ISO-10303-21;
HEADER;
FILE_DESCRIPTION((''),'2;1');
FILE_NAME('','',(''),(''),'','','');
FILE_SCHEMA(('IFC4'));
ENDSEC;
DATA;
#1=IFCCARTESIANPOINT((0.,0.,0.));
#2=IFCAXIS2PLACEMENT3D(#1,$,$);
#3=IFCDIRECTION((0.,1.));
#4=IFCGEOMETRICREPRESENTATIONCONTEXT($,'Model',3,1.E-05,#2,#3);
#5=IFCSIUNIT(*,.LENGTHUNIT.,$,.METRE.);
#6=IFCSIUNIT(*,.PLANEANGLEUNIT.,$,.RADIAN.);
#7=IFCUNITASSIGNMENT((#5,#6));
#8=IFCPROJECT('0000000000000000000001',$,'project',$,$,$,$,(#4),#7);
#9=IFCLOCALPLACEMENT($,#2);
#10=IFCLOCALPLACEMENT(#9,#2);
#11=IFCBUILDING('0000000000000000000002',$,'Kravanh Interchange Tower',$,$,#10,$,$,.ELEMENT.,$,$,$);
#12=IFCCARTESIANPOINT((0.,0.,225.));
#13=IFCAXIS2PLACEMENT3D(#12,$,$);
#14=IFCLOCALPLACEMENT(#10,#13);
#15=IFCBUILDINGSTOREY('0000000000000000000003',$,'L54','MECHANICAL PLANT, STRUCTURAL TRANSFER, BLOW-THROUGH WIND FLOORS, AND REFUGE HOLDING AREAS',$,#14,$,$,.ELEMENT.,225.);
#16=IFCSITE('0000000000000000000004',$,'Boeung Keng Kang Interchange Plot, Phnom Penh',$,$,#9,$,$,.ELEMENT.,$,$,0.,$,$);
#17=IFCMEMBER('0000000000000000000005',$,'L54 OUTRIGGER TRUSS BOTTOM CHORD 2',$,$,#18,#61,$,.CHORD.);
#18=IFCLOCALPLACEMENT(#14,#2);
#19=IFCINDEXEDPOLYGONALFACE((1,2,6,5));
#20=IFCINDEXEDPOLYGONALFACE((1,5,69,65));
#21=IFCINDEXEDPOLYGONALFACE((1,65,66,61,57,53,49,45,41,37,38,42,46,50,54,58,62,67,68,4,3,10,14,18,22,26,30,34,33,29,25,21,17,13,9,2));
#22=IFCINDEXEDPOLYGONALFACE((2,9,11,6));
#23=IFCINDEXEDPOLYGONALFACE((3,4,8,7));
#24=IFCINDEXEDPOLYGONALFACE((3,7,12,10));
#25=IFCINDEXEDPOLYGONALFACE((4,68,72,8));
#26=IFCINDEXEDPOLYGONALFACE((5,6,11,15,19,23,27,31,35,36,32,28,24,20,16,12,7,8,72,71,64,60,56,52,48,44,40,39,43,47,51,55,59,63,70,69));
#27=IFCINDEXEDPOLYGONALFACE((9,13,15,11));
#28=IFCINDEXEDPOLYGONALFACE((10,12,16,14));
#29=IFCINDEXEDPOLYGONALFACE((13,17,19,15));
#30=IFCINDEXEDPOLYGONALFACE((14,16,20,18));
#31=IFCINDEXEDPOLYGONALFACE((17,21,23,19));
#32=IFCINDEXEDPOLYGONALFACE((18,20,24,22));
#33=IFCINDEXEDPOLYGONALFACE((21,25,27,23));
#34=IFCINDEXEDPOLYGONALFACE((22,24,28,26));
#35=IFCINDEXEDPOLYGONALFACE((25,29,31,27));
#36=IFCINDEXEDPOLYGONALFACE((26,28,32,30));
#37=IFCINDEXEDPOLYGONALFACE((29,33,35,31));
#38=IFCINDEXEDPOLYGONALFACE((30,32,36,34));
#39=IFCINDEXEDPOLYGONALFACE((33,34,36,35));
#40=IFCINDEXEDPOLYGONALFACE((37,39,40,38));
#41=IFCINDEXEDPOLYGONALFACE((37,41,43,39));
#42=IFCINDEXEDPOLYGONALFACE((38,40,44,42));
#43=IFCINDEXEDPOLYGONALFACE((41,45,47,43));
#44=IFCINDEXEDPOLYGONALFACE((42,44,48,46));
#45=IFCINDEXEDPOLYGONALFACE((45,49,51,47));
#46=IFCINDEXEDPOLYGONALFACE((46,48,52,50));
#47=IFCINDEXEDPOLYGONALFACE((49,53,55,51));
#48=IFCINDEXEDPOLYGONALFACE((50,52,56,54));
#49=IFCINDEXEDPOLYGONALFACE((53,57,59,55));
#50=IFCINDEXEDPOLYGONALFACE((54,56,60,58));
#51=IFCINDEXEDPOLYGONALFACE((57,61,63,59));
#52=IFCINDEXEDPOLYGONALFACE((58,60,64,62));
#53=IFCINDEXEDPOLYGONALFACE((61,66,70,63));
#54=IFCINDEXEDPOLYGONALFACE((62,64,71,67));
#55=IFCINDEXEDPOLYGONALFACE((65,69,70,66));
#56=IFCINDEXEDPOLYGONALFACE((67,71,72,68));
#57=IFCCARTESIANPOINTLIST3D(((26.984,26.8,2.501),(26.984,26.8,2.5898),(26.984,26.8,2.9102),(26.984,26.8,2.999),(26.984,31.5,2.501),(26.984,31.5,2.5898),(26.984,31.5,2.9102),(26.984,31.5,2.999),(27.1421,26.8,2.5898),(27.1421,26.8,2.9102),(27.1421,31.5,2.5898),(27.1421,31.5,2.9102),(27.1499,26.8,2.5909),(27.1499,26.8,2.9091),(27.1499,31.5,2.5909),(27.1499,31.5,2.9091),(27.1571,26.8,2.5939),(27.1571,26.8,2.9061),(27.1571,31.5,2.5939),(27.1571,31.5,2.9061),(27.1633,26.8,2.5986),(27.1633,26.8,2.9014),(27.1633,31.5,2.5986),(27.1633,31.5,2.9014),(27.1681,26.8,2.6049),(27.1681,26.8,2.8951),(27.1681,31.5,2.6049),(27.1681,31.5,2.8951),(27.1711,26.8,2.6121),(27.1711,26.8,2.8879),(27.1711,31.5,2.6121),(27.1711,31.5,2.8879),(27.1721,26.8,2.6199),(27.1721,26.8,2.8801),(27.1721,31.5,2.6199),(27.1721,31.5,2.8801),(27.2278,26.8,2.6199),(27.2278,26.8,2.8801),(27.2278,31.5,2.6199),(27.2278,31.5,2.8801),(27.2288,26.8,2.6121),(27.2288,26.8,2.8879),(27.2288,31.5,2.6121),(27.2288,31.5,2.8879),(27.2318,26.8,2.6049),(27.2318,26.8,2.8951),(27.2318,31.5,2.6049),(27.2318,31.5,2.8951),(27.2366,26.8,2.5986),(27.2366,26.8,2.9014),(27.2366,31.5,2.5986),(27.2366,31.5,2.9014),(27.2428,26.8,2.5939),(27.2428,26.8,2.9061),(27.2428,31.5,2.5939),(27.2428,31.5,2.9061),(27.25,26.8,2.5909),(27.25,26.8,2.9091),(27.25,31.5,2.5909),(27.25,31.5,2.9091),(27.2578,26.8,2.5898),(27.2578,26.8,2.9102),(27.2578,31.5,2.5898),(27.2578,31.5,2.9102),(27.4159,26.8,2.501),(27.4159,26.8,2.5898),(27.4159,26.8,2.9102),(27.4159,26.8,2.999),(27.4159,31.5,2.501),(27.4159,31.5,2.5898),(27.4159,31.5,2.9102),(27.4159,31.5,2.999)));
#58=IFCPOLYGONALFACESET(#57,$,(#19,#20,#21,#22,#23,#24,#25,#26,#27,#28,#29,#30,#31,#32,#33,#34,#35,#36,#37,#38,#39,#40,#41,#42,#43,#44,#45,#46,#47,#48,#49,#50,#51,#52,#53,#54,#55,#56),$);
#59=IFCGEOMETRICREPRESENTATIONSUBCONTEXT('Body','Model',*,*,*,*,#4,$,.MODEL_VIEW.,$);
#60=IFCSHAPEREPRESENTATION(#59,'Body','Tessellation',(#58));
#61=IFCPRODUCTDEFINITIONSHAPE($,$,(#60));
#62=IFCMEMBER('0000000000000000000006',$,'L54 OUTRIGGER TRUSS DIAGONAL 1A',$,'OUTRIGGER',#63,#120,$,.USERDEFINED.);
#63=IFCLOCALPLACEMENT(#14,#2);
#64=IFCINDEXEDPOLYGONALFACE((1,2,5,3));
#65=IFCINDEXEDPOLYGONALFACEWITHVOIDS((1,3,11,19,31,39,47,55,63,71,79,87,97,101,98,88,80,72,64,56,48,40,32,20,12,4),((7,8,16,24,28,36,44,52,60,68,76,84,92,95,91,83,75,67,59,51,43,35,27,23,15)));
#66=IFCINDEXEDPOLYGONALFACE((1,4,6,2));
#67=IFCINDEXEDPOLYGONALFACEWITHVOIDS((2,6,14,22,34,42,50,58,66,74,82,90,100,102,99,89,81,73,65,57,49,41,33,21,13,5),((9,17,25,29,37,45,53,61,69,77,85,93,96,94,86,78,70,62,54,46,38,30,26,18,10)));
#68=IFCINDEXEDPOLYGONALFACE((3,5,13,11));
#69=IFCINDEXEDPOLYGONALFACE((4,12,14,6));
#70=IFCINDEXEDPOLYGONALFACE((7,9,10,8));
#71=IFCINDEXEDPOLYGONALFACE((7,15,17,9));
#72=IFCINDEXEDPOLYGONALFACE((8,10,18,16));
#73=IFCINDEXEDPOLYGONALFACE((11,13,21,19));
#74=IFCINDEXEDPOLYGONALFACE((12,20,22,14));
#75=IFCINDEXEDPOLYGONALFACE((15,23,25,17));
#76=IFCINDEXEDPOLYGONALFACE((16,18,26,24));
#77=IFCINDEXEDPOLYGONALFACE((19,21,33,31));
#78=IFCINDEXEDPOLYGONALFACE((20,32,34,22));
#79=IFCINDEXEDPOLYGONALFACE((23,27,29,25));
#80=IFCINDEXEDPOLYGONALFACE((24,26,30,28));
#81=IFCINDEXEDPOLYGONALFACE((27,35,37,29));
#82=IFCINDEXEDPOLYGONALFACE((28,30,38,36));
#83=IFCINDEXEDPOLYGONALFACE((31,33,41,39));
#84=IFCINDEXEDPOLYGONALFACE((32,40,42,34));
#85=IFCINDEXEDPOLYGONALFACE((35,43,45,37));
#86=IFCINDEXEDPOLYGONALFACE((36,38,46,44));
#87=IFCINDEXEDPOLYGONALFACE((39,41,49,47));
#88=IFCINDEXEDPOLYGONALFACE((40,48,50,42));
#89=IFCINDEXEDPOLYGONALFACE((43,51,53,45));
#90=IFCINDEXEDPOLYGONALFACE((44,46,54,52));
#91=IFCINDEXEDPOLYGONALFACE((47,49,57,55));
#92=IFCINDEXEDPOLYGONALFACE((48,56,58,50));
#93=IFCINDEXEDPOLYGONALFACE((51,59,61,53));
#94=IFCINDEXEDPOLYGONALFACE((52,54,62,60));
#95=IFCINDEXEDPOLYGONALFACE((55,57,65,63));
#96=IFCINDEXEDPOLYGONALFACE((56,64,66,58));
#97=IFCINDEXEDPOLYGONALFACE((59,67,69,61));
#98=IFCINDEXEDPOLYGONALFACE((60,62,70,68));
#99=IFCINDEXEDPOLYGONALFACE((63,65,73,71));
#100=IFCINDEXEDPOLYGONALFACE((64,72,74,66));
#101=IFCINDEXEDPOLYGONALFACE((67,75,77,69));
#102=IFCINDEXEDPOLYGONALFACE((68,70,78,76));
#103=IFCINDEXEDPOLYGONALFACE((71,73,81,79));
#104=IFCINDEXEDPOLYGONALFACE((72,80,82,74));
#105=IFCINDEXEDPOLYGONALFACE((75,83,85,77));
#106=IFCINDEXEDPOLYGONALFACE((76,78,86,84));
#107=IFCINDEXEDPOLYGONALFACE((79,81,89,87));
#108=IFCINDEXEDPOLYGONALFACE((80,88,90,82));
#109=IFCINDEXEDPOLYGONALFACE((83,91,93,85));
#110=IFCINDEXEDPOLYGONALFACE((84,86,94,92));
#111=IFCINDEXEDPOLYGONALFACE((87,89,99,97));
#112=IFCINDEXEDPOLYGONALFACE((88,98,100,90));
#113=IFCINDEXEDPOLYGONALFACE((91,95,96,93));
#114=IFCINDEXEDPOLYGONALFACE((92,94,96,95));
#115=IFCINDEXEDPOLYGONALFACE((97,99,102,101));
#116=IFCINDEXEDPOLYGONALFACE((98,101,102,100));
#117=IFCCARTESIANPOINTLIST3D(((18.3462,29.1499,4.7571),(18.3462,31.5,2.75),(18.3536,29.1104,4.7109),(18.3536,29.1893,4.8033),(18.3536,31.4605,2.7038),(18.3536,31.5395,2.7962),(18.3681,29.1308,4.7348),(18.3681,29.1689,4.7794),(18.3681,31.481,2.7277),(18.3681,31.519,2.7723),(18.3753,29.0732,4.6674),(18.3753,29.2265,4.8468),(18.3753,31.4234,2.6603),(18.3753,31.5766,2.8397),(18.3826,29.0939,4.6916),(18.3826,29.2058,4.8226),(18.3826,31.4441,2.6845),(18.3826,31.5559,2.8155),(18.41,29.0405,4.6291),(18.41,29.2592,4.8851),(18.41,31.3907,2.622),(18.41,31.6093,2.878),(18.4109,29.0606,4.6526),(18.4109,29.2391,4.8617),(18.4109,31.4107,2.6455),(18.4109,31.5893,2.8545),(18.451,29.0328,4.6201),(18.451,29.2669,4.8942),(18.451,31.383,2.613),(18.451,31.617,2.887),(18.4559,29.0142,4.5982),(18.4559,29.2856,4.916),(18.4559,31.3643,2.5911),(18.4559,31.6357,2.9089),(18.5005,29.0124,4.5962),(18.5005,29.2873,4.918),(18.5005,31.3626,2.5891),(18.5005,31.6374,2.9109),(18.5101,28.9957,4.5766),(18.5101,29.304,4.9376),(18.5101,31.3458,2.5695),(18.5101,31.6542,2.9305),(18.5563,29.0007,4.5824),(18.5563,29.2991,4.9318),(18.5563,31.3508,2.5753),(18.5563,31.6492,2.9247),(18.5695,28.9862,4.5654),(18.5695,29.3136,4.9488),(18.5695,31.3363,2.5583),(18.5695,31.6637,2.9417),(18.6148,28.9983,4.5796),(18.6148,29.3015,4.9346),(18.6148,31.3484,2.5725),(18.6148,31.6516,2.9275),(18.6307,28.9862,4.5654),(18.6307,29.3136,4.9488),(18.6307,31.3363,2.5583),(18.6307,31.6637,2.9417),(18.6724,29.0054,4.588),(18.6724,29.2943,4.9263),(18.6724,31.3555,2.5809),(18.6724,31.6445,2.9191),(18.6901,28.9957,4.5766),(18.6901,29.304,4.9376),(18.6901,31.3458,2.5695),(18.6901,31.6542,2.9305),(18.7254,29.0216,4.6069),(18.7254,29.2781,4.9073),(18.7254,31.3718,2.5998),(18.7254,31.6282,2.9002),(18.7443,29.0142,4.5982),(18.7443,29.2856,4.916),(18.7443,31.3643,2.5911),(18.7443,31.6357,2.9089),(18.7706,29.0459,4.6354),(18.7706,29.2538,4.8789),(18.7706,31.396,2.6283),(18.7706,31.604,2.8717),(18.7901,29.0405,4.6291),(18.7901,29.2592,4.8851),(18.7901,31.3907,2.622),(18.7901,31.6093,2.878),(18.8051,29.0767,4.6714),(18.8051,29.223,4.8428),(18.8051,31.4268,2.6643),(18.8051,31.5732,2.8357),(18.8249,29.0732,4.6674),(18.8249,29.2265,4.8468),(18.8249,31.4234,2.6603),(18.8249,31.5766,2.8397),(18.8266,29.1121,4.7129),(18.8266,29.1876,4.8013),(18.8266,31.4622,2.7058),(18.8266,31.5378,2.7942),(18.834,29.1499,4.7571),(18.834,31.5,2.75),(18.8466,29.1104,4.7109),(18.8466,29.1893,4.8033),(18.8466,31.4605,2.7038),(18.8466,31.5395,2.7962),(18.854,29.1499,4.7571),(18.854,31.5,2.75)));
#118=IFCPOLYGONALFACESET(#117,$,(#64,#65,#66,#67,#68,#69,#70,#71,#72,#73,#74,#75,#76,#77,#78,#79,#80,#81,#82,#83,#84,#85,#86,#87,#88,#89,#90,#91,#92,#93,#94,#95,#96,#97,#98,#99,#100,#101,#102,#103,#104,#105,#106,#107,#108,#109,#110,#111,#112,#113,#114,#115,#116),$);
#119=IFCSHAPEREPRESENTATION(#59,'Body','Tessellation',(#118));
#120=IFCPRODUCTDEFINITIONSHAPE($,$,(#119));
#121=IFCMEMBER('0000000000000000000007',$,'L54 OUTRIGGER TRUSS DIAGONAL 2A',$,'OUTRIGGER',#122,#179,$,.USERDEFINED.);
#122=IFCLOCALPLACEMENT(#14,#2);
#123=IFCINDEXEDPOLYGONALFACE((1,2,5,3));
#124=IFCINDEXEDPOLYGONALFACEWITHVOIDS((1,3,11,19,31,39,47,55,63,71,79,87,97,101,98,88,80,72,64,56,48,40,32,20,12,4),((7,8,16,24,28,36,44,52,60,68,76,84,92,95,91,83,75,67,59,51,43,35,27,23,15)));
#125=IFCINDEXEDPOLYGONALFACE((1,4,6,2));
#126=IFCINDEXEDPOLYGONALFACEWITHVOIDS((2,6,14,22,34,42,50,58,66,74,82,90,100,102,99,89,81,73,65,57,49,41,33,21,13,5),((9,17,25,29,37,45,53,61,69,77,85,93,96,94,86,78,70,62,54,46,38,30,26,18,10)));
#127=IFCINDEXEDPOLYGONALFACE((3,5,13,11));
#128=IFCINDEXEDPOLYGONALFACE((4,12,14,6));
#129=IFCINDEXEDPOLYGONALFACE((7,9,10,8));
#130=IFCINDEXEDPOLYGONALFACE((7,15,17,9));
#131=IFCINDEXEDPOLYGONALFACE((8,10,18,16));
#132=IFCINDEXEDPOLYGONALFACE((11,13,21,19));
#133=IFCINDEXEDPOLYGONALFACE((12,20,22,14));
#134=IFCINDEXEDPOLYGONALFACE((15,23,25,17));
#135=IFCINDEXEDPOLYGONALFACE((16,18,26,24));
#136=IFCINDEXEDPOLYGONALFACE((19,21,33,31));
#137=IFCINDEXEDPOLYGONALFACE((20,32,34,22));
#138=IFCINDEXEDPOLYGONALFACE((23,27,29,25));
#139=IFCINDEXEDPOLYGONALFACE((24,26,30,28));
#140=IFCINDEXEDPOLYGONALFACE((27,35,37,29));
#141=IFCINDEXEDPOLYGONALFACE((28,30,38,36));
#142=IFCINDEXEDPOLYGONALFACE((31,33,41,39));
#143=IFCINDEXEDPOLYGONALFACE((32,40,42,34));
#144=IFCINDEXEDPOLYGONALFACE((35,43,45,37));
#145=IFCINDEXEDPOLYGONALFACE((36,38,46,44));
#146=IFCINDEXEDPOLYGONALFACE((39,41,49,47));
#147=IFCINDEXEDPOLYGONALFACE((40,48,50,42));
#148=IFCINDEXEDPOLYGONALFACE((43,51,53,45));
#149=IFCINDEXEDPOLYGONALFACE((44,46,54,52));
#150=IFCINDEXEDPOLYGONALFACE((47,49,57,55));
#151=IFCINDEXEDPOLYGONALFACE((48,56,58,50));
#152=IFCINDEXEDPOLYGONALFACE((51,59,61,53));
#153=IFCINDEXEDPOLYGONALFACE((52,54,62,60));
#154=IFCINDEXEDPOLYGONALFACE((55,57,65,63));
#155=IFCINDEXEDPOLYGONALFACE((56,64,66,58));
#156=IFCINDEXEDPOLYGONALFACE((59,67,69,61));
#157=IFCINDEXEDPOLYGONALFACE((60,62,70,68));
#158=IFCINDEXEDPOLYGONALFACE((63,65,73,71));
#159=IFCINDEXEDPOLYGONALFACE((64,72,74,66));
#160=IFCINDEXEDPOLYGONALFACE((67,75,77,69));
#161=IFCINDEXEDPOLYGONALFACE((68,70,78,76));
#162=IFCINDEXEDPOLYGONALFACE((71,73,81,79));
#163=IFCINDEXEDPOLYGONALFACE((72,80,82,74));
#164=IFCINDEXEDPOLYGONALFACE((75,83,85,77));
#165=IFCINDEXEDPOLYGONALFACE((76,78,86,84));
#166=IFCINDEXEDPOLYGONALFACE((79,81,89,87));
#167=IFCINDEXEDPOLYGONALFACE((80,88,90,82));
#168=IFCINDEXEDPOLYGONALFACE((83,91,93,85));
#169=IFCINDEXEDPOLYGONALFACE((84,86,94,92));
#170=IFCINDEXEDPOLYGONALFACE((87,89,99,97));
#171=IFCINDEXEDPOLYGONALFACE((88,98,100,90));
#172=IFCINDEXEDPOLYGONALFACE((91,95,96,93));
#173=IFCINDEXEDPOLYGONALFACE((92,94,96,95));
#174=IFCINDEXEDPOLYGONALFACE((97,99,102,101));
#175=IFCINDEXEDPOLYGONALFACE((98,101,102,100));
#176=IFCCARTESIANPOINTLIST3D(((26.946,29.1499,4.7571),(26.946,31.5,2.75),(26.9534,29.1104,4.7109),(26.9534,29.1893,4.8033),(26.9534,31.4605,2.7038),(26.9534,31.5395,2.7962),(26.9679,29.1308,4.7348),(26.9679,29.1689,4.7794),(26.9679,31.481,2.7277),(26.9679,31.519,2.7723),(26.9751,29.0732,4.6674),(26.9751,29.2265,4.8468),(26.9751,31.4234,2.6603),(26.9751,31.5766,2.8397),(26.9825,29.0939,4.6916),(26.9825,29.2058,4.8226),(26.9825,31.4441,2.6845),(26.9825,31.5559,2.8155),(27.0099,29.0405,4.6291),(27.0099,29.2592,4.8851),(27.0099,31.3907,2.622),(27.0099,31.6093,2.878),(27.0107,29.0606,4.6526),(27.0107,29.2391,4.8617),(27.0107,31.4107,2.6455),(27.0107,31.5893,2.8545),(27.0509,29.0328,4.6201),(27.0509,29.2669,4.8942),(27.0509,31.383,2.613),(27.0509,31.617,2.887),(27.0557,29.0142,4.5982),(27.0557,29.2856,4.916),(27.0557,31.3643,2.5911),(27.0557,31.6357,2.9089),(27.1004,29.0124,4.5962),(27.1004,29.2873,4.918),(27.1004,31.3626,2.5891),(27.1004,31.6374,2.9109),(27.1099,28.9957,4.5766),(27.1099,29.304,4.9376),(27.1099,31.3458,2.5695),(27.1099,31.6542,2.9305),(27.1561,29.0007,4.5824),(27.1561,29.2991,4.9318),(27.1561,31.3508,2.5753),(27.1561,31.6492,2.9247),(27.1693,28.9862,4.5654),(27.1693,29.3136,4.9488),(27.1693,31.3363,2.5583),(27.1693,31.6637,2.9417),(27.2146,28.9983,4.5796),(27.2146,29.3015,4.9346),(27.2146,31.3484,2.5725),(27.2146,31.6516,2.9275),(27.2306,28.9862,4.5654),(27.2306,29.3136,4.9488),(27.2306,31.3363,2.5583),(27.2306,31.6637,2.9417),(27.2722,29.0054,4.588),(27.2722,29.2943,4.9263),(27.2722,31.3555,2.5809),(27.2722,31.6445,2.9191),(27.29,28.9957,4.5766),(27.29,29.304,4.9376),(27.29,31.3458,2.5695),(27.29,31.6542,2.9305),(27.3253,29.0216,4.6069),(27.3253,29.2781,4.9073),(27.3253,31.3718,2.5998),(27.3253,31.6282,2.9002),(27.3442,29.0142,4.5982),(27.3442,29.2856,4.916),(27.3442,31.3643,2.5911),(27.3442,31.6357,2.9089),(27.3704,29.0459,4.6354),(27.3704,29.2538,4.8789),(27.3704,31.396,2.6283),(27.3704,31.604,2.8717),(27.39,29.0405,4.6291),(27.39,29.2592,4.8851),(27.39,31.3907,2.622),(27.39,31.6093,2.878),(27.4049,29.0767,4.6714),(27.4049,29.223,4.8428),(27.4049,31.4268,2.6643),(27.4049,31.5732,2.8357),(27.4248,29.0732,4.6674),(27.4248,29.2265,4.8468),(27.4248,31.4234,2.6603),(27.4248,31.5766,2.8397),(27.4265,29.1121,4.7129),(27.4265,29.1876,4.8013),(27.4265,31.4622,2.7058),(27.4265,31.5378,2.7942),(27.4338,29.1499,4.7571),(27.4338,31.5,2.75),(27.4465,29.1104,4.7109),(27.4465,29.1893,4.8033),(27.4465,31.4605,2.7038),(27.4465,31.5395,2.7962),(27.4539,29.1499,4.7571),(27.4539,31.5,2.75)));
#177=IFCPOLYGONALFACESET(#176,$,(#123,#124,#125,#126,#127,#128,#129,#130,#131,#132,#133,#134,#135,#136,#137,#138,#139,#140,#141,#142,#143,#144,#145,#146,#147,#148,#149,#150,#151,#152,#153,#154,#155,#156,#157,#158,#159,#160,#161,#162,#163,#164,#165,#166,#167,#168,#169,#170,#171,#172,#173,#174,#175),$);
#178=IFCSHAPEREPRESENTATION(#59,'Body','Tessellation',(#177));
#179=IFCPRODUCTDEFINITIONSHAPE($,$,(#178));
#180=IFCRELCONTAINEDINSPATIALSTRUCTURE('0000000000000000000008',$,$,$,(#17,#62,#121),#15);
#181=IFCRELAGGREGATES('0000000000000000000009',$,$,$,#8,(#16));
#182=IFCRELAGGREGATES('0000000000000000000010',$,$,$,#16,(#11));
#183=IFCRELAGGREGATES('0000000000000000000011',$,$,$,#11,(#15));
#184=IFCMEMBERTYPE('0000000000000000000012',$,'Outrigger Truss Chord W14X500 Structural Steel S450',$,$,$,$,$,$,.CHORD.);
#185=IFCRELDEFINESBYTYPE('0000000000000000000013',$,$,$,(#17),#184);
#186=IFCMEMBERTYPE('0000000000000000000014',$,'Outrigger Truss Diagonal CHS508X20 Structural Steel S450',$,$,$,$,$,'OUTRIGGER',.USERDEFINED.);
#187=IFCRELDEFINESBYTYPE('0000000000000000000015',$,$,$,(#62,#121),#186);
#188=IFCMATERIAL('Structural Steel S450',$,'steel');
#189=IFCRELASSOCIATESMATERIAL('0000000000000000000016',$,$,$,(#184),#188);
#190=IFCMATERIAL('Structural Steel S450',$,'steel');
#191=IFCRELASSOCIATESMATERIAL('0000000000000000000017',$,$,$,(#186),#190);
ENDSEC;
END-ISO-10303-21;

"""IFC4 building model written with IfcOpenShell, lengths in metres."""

from ifc_helpers import new_model, si_unit, direction, frame, origin, origin_2d, place, context, subcontext, project, spatial, hollow_circle, i_section, extrude, material, material_profile, profile_set, type_object, element, save


model = new_model("IFC4")

# Units and contexts
model_context = context("Model", 3, precision=1e-05, world=origin(), true_north=direction((0.0, 1.0)))
body_context = subcontext(model_context, "Body", "Model", "MODEL_VIEW")
ifc_project = project(units=[si_unit("LENGTHUNIT", "METRE"), si_unit("PLANEANGLEUNIT", "RADIAN")], contexts=[model_context])

# Site, building, storey
site_placement = place(None, origin())
site = spatial("IfcSite", under=ifc_project, at=site_placement, Name="Boeung Keng Kang Interchange Plot, Phnom Penh", CompositionType="ELEMENT", RefElevation=0.0)
building_placement = place(site_placement, origin())
building = spatial("IfcBuilding", under=site, at=building_placement, Name="Kravanh Interchange Tower", CompositionType="ELEMENT")
storey_placement = place(building_placement, frame((0.0, 0.0, 225.0)))
storey = spatial("IfcBuildingStorey", under=building, at=storey_placement, Name="L54", Description="MECHANICAL PLANT, STRUCTURAL TRANSFER, BLOW-THROUGH WIND FLOORS, AND REFUGE HOLDING AREAS", CompositionType="ELEMENT", Elevation=225.0)

# Members
ifc_material_1 = material(Name="Structural Steel S450", Category="steel")
ifc_material_profile_1 = material_profile(ifc_material_1, i_section(OverallWidth=0.4319, OverallDepth=0.498, WebThickness=0.0557, FlangeThickness=0.0889, FilletRadius=0.03, at=origin_2d()), Name="W14X500")
ifc_profile_set_1 = profile_set([ifc_material_profile_1], Name="Structural Steel S450")
member_type_1 = type_object("IfcMemberType", Name="Outrigger Truss Chord W14X500 Structural Steel S450", PredefinedType="CHORD", material=ifc_profile_set_1)
for number, where, z_axis, x_axis, name in (
    (1, (27.2, 31.5, 2.75), (0.0, -1.0, 0.0), (1.0, 0.0, 0.0), "L54 OUTRIGGER TRUSS BOTTOM CHORD 2"),
):
    element("IfcMember", number, at=place(storey_placement, frame(where, z_axis=z_axis, x_axis=x_axis)), inside=storey, type_object=member_type_1, Name=name, PredefinedType="CHORD", context=body_context, shape_type="SweptSolid", body=[
        extrude(i_section(OverallWidth=0.4319, OverallDepth=0.498, WebThickness=0.0557, FlangeThickness=0.0889, FilletRadius=0.03, at=origin_2d()), origin(), (0.0, 0.0, 1.0), 4.7),
    ])
ifc_material_2 = material(Name="Structural Steel S450", Category="steel")
ifc_material_profile_2 = material_profile(ifc_material_2, hollow_circle(Radius=0.2539, WallThickness=0.02, at=origin_2d()), Name="CHS508X20")
ifc_profile_set_2 = profile_set([ifc_material_profile_2], Name="Structural Steel S450")
member_type_2 = type_object("IfcMemberType", Name="Outrigger Truss Diagonal CHS508X20 Structural Steel S450", ElementType="OUTRIGGER", PredefinedType="USERDEFINED", material=ifc_profile_set_2)
for number, where, z_axis, x_axis, name in (
    (2, (18.6001, 31.5, 2.75), (0.0, -0.760421, 0.649431), (1.0, 0.0, 0.0), "L54 OUTRIGGER TRUSS DIAGONAL 1A"),
    (3, (27.2, 31.5, 2.75), (0.0, -0.760421, 0.649431), (1.0, 0.0, 0.0), "L54 OUTRIGGER TRUSS DIAGONAL 2A"),
):
    element("IfcMember", number, at=place(storey_placement, frame(where, z_axis=z_axis, x_axis=x_axis)), inside=storey, type_object=member_type_2, Name=name, ObjectType="OUTRIGGER", PredefinedType="USERDEFINED", context=body_context, shape_type="SweptSolid", body=[
        extrude(hollow_circle(Radius=0.2539, WallThickness=0.02, at=origin_2d()), origin(), (0.0, 0.0, 1.0), 3.0906),
    ])

save(model, "model.ifc")
